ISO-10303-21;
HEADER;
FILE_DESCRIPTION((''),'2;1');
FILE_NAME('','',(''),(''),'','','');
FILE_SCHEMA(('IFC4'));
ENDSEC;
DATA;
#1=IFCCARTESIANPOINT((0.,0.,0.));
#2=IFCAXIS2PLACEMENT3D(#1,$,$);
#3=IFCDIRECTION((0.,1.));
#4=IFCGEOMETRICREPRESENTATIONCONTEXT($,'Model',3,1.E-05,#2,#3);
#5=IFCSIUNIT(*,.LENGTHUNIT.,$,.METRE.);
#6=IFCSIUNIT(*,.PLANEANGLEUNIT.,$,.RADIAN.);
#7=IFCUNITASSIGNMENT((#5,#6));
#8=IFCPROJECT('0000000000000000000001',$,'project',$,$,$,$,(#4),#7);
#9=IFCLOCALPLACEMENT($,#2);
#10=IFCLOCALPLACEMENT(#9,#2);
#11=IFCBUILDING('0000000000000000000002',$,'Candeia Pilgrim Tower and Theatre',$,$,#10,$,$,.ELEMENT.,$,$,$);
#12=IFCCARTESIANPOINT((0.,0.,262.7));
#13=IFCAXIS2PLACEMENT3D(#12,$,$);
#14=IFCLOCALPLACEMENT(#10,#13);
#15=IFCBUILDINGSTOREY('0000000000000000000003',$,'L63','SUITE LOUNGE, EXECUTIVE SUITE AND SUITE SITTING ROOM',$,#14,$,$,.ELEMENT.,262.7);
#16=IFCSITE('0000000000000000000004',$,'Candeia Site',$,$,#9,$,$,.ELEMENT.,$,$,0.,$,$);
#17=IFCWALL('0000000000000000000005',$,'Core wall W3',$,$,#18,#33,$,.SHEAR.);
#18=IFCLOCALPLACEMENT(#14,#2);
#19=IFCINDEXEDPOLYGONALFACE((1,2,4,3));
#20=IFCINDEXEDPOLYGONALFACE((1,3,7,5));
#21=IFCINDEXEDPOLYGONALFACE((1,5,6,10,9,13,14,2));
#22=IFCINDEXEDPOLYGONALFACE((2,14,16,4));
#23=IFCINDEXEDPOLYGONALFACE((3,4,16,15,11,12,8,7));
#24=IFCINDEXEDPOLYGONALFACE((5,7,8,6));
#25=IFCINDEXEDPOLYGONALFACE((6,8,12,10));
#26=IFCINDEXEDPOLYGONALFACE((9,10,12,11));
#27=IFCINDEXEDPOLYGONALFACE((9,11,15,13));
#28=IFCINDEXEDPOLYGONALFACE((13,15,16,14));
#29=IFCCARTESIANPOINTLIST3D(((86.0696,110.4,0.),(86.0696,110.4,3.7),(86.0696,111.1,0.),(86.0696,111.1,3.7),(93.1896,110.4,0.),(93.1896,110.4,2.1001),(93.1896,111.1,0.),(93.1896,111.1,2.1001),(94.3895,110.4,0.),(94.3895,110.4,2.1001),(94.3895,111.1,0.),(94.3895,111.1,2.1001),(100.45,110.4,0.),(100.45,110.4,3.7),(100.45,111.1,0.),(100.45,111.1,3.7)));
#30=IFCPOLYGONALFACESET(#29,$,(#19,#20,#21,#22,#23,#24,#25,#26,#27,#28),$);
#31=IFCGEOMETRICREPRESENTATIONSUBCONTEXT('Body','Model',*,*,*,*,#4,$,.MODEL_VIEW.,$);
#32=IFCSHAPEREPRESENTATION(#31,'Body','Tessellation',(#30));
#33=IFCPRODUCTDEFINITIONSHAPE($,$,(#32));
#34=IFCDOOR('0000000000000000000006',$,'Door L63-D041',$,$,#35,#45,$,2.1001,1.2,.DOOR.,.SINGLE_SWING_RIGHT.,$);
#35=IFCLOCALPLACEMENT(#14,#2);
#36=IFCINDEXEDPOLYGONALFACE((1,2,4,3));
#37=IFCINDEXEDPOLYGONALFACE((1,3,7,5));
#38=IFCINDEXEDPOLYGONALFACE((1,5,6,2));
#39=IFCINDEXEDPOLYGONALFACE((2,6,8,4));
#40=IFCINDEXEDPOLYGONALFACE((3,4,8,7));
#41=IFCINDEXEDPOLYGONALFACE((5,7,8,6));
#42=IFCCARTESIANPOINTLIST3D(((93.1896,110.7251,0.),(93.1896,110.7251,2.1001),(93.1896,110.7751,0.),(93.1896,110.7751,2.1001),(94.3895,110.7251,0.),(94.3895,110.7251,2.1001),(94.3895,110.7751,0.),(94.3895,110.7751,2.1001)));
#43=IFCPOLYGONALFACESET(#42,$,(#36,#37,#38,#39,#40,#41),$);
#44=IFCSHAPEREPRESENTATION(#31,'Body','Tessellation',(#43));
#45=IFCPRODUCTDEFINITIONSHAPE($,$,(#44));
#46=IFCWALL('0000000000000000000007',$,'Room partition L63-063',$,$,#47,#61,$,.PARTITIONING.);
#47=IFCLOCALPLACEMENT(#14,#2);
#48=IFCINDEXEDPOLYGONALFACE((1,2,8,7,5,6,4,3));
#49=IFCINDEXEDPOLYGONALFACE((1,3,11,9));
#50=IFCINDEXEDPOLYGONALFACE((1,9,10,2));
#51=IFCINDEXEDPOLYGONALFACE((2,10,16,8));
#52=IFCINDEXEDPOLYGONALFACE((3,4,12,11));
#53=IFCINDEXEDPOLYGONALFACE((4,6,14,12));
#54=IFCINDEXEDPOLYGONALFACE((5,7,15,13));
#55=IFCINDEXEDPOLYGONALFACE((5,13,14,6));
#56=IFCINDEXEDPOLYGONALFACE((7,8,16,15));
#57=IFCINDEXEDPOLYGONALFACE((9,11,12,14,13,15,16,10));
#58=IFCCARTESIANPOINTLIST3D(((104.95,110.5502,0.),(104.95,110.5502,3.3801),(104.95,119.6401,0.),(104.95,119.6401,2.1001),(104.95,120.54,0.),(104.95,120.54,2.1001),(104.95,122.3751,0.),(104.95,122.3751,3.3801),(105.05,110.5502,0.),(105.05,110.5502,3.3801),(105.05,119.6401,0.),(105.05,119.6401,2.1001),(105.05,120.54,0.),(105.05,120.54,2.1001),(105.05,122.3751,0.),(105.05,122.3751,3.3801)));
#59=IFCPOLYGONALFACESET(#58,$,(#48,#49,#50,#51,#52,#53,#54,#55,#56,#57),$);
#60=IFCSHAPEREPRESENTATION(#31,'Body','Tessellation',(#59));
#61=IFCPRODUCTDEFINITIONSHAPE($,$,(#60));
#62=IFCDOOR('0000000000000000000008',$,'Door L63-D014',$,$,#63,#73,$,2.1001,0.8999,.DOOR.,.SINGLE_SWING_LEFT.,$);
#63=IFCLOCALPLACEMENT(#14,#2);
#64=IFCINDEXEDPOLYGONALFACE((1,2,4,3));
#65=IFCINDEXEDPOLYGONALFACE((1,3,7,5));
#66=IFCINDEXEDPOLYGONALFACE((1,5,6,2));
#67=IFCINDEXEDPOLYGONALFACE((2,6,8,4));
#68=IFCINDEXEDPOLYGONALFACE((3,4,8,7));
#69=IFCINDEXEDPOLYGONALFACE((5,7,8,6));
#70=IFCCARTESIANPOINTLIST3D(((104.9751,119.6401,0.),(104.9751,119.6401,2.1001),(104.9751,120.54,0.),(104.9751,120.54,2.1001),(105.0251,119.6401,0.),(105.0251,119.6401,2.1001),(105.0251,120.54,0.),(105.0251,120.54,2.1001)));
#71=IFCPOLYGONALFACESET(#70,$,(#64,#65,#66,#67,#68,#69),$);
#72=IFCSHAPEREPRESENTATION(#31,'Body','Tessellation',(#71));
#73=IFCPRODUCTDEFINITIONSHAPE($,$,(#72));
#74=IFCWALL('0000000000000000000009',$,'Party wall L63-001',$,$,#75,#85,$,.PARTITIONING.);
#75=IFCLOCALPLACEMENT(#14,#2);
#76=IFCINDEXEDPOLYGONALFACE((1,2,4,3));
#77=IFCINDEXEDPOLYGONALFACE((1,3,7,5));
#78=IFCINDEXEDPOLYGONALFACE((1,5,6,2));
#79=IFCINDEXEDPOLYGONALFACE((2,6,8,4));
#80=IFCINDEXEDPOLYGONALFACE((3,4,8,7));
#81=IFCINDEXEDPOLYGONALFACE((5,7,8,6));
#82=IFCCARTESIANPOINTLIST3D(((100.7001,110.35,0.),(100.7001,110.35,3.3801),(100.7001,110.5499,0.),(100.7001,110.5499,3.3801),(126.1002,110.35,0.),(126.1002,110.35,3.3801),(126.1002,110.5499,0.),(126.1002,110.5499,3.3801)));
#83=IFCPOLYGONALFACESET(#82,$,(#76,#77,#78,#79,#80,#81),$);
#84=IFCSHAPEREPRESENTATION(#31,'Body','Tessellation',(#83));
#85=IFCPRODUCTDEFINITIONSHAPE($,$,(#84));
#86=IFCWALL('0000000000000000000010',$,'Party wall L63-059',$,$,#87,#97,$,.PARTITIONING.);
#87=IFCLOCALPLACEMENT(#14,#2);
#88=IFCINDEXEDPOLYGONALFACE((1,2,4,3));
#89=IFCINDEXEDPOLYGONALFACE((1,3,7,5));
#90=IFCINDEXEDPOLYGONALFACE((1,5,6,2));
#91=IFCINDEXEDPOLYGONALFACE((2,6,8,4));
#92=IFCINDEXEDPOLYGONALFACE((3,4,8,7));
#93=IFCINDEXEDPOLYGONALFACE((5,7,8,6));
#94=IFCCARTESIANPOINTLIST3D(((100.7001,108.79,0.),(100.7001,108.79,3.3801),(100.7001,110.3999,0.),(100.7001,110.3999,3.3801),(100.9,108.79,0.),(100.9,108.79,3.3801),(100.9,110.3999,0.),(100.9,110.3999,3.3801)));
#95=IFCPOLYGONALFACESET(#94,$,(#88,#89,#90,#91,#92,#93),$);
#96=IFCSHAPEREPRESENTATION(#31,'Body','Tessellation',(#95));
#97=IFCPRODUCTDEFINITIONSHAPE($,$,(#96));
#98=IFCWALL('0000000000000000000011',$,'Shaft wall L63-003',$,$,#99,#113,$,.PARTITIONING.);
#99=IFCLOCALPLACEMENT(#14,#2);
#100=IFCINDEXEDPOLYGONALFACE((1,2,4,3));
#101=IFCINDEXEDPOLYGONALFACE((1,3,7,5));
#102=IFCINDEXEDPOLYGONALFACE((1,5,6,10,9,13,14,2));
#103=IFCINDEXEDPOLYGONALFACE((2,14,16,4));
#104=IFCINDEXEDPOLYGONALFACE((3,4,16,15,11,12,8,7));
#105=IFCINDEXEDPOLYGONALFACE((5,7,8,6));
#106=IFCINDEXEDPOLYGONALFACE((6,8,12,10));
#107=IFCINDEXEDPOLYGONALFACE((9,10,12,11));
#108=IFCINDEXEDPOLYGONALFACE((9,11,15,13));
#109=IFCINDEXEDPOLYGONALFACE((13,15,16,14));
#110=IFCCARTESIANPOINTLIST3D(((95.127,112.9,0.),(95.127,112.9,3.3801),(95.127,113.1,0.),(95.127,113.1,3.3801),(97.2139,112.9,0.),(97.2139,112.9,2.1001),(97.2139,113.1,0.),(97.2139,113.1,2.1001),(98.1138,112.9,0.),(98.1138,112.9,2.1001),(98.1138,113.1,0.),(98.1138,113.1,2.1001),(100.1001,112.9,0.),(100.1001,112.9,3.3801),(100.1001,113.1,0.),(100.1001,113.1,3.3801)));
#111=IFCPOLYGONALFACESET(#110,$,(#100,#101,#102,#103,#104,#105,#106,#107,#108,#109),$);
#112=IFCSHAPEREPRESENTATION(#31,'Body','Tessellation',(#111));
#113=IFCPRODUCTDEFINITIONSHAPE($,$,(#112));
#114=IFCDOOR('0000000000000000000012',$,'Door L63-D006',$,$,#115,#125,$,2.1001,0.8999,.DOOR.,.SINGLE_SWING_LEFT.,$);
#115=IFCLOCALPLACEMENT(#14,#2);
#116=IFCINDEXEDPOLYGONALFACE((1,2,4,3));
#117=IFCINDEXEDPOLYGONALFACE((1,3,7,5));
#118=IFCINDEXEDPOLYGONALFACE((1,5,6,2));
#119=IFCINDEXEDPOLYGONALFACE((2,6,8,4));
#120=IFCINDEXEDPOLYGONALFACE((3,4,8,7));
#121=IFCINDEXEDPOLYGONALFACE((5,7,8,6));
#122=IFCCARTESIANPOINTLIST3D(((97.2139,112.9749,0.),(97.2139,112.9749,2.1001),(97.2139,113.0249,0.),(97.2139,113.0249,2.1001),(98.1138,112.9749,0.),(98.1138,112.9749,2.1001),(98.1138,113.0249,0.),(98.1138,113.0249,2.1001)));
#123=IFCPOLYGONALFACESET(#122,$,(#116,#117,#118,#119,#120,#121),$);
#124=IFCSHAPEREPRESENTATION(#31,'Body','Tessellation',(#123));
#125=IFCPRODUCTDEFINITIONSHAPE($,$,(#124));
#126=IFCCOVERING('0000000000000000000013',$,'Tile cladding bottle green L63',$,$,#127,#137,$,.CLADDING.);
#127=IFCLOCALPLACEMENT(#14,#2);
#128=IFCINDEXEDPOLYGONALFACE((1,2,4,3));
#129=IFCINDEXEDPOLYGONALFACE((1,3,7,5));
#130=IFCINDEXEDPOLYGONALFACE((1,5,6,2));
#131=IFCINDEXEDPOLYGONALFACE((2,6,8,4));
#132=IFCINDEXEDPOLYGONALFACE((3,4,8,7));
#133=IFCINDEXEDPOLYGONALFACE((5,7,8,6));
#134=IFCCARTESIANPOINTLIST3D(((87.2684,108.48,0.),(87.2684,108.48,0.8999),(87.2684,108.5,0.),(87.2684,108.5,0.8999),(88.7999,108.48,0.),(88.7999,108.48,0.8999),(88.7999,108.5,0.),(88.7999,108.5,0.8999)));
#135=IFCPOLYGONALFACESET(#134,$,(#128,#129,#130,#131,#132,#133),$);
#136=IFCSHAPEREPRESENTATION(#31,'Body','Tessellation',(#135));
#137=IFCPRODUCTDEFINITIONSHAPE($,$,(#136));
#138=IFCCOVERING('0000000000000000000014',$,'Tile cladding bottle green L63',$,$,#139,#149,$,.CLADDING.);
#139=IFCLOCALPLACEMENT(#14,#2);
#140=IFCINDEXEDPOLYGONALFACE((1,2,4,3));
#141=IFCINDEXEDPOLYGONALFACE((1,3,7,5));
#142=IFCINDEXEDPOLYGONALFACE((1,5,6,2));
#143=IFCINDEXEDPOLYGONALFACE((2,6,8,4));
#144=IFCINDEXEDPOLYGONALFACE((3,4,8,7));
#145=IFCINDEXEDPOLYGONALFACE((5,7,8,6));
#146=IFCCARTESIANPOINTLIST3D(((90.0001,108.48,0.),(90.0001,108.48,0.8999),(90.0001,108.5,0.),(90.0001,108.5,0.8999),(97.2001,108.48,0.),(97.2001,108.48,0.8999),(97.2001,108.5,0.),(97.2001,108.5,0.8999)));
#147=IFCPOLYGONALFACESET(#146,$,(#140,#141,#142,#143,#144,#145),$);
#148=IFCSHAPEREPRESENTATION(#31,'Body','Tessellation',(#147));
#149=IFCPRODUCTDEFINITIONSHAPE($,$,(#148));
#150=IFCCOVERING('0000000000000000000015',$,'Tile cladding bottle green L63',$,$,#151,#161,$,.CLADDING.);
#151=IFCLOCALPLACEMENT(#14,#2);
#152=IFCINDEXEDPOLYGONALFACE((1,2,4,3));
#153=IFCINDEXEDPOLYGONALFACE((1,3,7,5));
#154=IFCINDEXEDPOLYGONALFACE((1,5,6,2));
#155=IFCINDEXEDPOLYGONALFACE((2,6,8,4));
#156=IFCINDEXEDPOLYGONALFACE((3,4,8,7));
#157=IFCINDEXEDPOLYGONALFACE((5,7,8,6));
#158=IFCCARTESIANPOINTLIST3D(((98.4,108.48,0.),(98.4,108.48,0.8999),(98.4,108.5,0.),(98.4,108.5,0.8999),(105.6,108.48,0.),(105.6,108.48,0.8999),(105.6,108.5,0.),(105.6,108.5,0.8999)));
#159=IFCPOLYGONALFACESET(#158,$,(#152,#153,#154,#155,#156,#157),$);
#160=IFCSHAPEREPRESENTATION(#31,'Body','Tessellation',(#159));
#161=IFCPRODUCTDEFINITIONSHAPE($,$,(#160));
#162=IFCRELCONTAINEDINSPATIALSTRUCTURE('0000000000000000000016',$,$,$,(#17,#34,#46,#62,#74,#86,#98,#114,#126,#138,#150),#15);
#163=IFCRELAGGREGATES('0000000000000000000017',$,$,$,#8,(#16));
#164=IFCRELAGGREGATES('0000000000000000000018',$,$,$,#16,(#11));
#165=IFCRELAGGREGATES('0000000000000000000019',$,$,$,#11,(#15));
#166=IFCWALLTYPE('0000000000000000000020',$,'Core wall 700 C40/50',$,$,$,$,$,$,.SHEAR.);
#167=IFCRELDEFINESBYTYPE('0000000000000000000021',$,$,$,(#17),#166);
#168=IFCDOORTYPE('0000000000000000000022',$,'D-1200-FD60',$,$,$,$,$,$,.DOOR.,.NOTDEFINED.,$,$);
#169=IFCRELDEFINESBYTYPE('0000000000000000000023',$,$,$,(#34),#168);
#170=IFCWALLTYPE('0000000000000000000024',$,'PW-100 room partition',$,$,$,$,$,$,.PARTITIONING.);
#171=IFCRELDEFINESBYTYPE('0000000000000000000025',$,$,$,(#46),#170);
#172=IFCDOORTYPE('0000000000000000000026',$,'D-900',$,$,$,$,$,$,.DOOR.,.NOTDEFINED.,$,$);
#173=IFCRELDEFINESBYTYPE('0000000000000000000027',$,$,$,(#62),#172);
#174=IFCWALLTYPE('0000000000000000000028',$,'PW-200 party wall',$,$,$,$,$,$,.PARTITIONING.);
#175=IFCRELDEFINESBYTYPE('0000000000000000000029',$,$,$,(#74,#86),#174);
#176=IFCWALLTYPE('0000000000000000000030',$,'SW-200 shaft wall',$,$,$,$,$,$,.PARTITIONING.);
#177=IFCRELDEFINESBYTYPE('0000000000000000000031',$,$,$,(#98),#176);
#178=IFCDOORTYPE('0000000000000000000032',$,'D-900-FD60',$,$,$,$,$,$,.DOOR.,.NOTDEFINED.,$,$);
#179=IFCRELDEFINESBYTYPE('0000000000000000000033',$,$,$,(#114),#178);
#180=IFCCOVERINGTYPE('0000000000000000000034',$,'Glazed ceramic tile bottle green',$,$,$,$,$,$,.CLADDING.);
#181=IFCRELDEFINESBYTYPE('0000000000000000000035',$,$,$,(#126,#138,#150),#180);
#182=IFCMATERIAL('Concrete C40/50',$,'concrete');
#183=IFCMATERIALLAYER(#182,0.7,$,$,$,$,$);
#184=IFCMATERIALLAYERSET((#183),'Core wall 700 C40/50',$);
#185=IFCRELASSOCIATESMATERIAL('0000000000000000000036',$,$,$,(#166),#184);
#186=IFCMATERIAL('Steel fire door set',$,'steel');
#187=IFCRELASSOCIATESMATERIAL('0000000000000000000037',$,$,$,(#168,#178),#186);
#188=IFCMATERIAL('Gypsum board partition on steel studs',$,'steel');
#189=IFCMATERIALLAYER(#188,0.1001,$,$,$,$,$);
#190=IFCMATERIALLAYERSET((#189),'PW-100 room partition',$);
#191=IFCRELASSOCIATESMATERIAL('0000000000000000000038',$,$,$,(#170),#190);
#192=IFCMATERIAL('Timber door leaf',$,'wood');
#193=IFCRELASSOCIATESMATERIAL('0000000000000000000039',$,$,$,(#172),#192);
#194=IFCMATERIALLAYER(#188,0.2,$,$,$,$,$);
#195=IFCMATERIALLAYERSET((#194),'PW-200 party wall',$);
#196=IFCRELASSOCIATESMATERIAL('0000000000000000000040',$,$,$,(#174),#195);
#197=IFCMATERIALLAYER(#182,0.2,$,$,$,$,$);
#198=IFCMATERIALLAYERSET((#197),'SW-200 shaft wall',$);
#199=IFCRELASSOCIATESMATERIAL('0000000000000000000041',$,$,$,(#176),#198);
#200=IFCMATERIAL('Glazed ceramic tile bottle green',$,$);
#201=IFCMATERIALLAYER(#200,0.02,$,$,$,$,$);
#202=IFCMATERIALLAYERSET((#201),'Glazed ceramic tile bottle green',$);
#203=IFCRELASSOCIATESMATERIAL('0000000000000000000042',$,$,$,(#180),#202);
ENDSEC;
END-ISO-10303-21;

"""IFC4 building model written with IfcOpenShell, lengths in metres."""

from ifc_helpers import new_model, si_unit, direction, frame, frame_2d, origin, origin_2d, place, context, subcontext, project, spatial, rectangle, extrude, material, layer, layer_set, type_object, element, fill, save


model = new_model("IFC4")

# Units and contexts
model_context = context("Model", 3, precision=1e-05, world=origin(), true_north=direction((0.0, 1.0)))
body_context = subcontext(model_context, "Body", "Model", "MODEL_VIEW")
ifc_project = project(units=[si_unit("LENGTHUNIT", "METRE"), si_unit("PLANEANGLEUNIT", "RADIAN")], contexts=[model_context])

# Site, building, storey
site_placement = place(None, origin())
site = spatial("IfcSite", under=ifc_project, at=site_placement, Name="Candeia Site", CompositionType="ELEMENT", RefElevation=0.0)
building_placement = place(site_placement, origin())
building = spatial("IfcBuilding", under=site, at=building_placement, Name="Candeia Pilgrim Tower and Theatre", CompositionType="ELEMENT")
storey_placement = place(building_placement, frame((0.0, 0.0, 262.7)))
storey = spatial("IfcBuildingStorey", under=building, at=storey_placement, Name="L63", Description="SUITE LOUNGE, EXECUTIVE SUITE AND SUITE SITTING ROOM", CompositionType="ELEMENT", Elevation=262.7)

# Walls, openings, doors
ifc_material_1 = material(Name="Concrete C40/50", Category="concrete")
ifc_layer_1 = layer(ifc_material_1, 0.7)
ifc_layer_set_1 = layer_set([ifc_layer_1], Name="Core wall 700 C40/50")
wall_type_1 = type_object("IfcWallType", Name="Core wall 700 C40/50", PredefinedType="SHEAR", material=ifc_layer_set_1)
wall_1_placement = place(storey_placement, frame((100.45, 110.75, 0.0), z_axis=(0.0, 0.0, 1.0), x_axis=(-1.0, 0.0, 0.0)))
wall_1 = element("IfcWall", 1, at=wall_1_placement, inside=storey, type_object=wall_type_1, Name="Core wall W3", PredefinedType="SHEAR", context=body_context, shape_type="SweptSolid", body=[
    extrude(rectangle(XDim=14.3804, YDim=0.7, at=frame_2d((7.1902, 0.0))), origin(), (0.0, 0.0, 1.0), 3.7),
])
opening_1_placement = place(wall_1_placement, frame((6.0603, 0.0, 0.0)))
opening_1 = element("IfcOpeningElement", 2, at=opening_1_placement, cuts=wall_1, PredefinedType="OPENING", context=body_context, shape_type="SweptSolid", body=[
    extrude(rectangle(XDim=1.2, YDim=2.1001, at=frame_2d((0.6001, 1.05))), frame((0.0, 0.3599, 0.0), z_axis=(0.0, -1.0, 0.0), x_axis=(1.0, 0.0, 0.0)), (0.0, 0.0, 1.0), 0.72),
])
ifc_material_2 = material(Name="Steel fire door set", Category="steel")
door_type_1 = type_object("IfcDoorType", Name="D-1200-FD60", OperationType="NOTDEFINED", PredefinedType="DOOR", material=ifc_material_2)
door_1_placement = place(opening_1_placement, origin())
door_1 = element("IfcDoor", 3, at=door_1_placement, inside=storey, type_object=door_type_1, Name="Door L63-D041", OperationType="SINGLE_SWING_RIGHT", OverallHeight=2.1001, OverallWidth=1.2, PredefinedType="DOOR", context=body_context, shape_type="SweptSolid", body=[
    extrude(rectangle(XDim=1.2, YDim=2.1001, at=frame_2d((0.6001, 1.05))), frame((0.0, 0.0249, 0.0), z_axis=(0.0, -1.0, 0.0), x_axis=(1.0, 0.0, 0.0)), (0.0, 0.0, 1.0), 0.05),
])
fill(opening_1, door_1)
ifc_material_3 = material(Name="Gypsum board partition on steel studs", Category="steel")
ifc_layer_2 = layer(ifc_material_3, 0.1001)
ifc_layer_set_2 = layer_set([ifc_layer_2], Name="PW-100 room partition")
wall_type_2 = type_object("IfcWallType", Name="PW-100 room partition", PredefinedType="PARTITIONING", material=ifc_layer_set_2)
wall_2_placement = place(storey_placement, frame((105.0, 110.55, 0.0), z_axis=(0.0, 0.0, 1.0), x_axis=(0.0, 1.0, 0.0)))
wall_2 = element("IfcWall", 4, at=wall_2_placement, inside=storey, type_object=wall_type_2, Name="Room partition L63-063", PredefinedType="PARTITIONING", context=body_context, shape_type="SweptSolid", body=[
    extrude(rectangle(XDim=11.825, YDim=0.1001, at=frame_2d((5.9126, 0.0))), origin(), (0.0, 0.0, 1.0), 3.3801),
])
opening_2_placement = place(wall_2_placement, frame((9.0901, 0.0, 0.0)))
opening_2 = element("IfcOpeningElement", 5, at=opening_2_placement, cuts=wall_2, PredefinedType="OPENING", context=body_context, shape_type="SweptSolid", body=[
    extrude(rectangle(XDim=0.8999, YDim=2.1001, at=frame_2d((0.45, 1.05))), frame((0.0, 0.0601, 0.0), z_axis=(0.0, -1.0, 0.0), x_axis=(1.0, 0.0, 0.0)), (0.0, 0.0, 1.0), 0.1201),
])
ifc_material_4 = material(Name="Timber door leaf", Category="wood")
door_type_2 = type_object("IfcDoorType", Name="D-900", OperationType="NOTDEFINED", PredefinedType="DOOR", material=ifc_material_4)
door_2_placement = place(opening_2_placement, origin())
door_2 = element("IfcDoor", 6, at=door_2_placement, inside=storey, type_object=door_type_2, Name="Door L63-D014", OperationType="SINGLE_SWING_LEFT", OverallHeight=2.1001, OverallWidth=0.8999, PredefinedType="DOOR", context=body_context, shape_type="SweptSolid", body=[
    extrude(rectangle(XDim=0.8999, YDim=2.1001, at=frame_2d((0.45, 1.05))), frame((0.0, 0.0249, 0.0), z_axis=(0.0, -1.0, 0.0), x_axis=(1.0, 0.0, 0.0)), (0.0, 0.0, 1.0), 0.05),
])
fill(opening_2, door_2)

# Walls
ifc_layer_3 = layer(ifc_material_3, 0.2)
ifc_layer_set_3 = layer_set([ifc_layer_3], Name="PW-200 party wall")
wall_type_3 = type_object("IfcWallType", Name="PW-200 party wall", PredefinedType="PARTITIONING", material=ifc_layer_set_3)
wall_3_placement = place(storey_placement, frame((100.7, 110.45, 0.0), z_axis=(0.0, 0.0, 1.0), x_axis=(1.0, 0.0, 0.0)))
element("IfcWall", 7, at=wall_3_placement, inside=storey, type_object=wall_type_3, Name="Party wall L63-001", PredefinedType="PARTITIONING", context=body_context, shape_type="SweptSolid", body=[
    extrude(rectangle(XDim=25.4001, YDim=0.2, at=frame_2d((12.7002, 0.0))), origin(), (0.0, 0.0, 1.0), 3.3801),
])
wall_4_placement = place(storey_placement, frame((100.8, 108.79, 0.0), z_axis=(0.0, 0.0, 1.0), x_axis=(0.0, 1.0, 0.0)))
element("IfcWall", 8, at=wall_4_placement, inside=storey, type_object=wall_type_3, Name="Party wall L63-059", PredefinedType="PARTITIONING", context=body_context, shape_type="SweptSolid", body=[
    extrude(rectangle(XDim=1.6099, YDim=0.2, at=frame_2d((0.8049, 0.0))), origin(), (0.0, 0.0, 1.0), 3.3801),
])

# Wall, opening, door
ifc_layer_4 = layer(ifc_material_1, 0.2)
ifc_layer_set_4 = layer_set([ifc_layer_4], Name="SW-200 shaft wall")
wall_type_4 = type_object("IfcWallType", Name="SW-200 shaft wall", PredefinedType="PARTITIONING", material=ifc_layer_set_4)
wall_5_placement = place(storey_placement, frame((95.127, 113.0, 0.0), z_axis=(0.0, 0.0, 1.0), x_axis=(1.0, 0.0, 0.0)))
wall_5 = element("IfcWall", 9, at=wall_5_placement, inside=storey, type_object=wall_type_4, Name="Shaft wall L63-003", PredefinedType="PARTITIONING", context=body_context, shape_type="SweptSolid", body=[
    extrude(rectangle(XDim=4.9731, YDim=0.2, at=frame_2d((2.4866, 0.0))), origin(), (0.0, 0.0, 1.0), 3.3801),
])
opening_3_placement = place(wall_5_placement, frame((2.0869, 0.0, 0.0)))
opening_3 = element("IfcOpeningElement", 10, at=opening_3_placement, cuts=wall_5, PredefinedType="OPENING", context=body_context, shape_type="SweptSolid", body=[
    extrude(rectangle(XDim=0.8999, YDim=2.1001, at=frame_2d((0.45, 1.05))), frame((0.0, 0.1099, 0.0), z_axis=(0.0, -1.0, 0.0), x_axis=(1.0, 0.0, 0.0)), (0.0, 0.0, 1.0), 0.22),
])
door_type_3 = type_object("IfcDoorType", Name="D-900-FD60", OperationType="NOTDEFINED", PredefinedType="DOOR", material=ifc_material_2)
door_3_placement = place(opening_3_placement, origin())
door_3 = element("IfcDoor", 11, at=door_3_placement, inside=storey, type_object=door_type_3, Name="Door L63-D006", OperationType="SINGLE_SWING_LEFT", OverallHeight=2.1001, OverallWidth=0.8999, PredefinedType="DOOR", context=body_context, shape_type="SweptSolid", body=[
    extrude(rectangle(XDim=0.8999, YDim=2.1001, at=frame_2d((0.45, 1.05))), frame((0.0, 0.0249, 0.0), z_axis=(0.0, -1.0, 0.0), x_axis=(1.0, 0.0, 0.0)), (0.0, 0.0, 1.0), 0.05),
])
fill(opening_3, door_3)

# Coverings
ifc_material_5 = material(Name="Glazed ceramic tile bottle green")
ifc_layer_5 = layer(ifc_material_5, 0.02)
ifc_layer_set_5 = layer_set([ifc_layer_5], Name="Glazed ceramic tile bottle green")
covering_type = type_object("IfcCoveringType", Name="Glazed ceramic tile bottle green", PredefinedType="CLADDING", material=ifc_layer_set_5)
covering_placement = place(storey_placement, frame((88.0342, 108.49, 0.0), z_axis=(0.0, 0.0, 1.0), x_axis=(1.0, 0.0, 0.0)))
element("IfcCovering", 12, at=covering_placement, inside=storey, type_object=covering_type, Name="Tile cladding bottle green L63", PredefinedType="CLADDING", context=body_context, shape_type="SweptSolid", body=[
    extrude(rectangle(XDim=1.5315, YDim=0.02, at=origin_2d()), origin(), (0.0, 0.0, 1.0), 0.8999),
])
for number, where, z_axis, x_axis, name in (
    (13, (93.6001, 108.49, 0.0), (0.0, 0.0, 1.0), (1.0, 0.0, 0.0), "Tile cladding bottle green L63"),
    (14, (102.0, 108.49, 0.0), (0.0, 0.0, 1.0), (1.0, 0.0, 0.0), "Tile cladding bottle green L63"),
):
    element("IfcCovering", number, at=place(storey_placement, frame(where, z_axis=z_axis, x_axis=x_axis)), inside=storey, type_object=covering_type, Name=name, PredefinedType="CLADDING", context=body_context, shape_type="SweptSolid", body=[
        extrude(rectangle(XDim=7.2, YDim=0.02, at=origin_2d()), origin(), (0.0, 0.0, 1.0), 0.8999),
    ])

save(model, "model.ifc")
